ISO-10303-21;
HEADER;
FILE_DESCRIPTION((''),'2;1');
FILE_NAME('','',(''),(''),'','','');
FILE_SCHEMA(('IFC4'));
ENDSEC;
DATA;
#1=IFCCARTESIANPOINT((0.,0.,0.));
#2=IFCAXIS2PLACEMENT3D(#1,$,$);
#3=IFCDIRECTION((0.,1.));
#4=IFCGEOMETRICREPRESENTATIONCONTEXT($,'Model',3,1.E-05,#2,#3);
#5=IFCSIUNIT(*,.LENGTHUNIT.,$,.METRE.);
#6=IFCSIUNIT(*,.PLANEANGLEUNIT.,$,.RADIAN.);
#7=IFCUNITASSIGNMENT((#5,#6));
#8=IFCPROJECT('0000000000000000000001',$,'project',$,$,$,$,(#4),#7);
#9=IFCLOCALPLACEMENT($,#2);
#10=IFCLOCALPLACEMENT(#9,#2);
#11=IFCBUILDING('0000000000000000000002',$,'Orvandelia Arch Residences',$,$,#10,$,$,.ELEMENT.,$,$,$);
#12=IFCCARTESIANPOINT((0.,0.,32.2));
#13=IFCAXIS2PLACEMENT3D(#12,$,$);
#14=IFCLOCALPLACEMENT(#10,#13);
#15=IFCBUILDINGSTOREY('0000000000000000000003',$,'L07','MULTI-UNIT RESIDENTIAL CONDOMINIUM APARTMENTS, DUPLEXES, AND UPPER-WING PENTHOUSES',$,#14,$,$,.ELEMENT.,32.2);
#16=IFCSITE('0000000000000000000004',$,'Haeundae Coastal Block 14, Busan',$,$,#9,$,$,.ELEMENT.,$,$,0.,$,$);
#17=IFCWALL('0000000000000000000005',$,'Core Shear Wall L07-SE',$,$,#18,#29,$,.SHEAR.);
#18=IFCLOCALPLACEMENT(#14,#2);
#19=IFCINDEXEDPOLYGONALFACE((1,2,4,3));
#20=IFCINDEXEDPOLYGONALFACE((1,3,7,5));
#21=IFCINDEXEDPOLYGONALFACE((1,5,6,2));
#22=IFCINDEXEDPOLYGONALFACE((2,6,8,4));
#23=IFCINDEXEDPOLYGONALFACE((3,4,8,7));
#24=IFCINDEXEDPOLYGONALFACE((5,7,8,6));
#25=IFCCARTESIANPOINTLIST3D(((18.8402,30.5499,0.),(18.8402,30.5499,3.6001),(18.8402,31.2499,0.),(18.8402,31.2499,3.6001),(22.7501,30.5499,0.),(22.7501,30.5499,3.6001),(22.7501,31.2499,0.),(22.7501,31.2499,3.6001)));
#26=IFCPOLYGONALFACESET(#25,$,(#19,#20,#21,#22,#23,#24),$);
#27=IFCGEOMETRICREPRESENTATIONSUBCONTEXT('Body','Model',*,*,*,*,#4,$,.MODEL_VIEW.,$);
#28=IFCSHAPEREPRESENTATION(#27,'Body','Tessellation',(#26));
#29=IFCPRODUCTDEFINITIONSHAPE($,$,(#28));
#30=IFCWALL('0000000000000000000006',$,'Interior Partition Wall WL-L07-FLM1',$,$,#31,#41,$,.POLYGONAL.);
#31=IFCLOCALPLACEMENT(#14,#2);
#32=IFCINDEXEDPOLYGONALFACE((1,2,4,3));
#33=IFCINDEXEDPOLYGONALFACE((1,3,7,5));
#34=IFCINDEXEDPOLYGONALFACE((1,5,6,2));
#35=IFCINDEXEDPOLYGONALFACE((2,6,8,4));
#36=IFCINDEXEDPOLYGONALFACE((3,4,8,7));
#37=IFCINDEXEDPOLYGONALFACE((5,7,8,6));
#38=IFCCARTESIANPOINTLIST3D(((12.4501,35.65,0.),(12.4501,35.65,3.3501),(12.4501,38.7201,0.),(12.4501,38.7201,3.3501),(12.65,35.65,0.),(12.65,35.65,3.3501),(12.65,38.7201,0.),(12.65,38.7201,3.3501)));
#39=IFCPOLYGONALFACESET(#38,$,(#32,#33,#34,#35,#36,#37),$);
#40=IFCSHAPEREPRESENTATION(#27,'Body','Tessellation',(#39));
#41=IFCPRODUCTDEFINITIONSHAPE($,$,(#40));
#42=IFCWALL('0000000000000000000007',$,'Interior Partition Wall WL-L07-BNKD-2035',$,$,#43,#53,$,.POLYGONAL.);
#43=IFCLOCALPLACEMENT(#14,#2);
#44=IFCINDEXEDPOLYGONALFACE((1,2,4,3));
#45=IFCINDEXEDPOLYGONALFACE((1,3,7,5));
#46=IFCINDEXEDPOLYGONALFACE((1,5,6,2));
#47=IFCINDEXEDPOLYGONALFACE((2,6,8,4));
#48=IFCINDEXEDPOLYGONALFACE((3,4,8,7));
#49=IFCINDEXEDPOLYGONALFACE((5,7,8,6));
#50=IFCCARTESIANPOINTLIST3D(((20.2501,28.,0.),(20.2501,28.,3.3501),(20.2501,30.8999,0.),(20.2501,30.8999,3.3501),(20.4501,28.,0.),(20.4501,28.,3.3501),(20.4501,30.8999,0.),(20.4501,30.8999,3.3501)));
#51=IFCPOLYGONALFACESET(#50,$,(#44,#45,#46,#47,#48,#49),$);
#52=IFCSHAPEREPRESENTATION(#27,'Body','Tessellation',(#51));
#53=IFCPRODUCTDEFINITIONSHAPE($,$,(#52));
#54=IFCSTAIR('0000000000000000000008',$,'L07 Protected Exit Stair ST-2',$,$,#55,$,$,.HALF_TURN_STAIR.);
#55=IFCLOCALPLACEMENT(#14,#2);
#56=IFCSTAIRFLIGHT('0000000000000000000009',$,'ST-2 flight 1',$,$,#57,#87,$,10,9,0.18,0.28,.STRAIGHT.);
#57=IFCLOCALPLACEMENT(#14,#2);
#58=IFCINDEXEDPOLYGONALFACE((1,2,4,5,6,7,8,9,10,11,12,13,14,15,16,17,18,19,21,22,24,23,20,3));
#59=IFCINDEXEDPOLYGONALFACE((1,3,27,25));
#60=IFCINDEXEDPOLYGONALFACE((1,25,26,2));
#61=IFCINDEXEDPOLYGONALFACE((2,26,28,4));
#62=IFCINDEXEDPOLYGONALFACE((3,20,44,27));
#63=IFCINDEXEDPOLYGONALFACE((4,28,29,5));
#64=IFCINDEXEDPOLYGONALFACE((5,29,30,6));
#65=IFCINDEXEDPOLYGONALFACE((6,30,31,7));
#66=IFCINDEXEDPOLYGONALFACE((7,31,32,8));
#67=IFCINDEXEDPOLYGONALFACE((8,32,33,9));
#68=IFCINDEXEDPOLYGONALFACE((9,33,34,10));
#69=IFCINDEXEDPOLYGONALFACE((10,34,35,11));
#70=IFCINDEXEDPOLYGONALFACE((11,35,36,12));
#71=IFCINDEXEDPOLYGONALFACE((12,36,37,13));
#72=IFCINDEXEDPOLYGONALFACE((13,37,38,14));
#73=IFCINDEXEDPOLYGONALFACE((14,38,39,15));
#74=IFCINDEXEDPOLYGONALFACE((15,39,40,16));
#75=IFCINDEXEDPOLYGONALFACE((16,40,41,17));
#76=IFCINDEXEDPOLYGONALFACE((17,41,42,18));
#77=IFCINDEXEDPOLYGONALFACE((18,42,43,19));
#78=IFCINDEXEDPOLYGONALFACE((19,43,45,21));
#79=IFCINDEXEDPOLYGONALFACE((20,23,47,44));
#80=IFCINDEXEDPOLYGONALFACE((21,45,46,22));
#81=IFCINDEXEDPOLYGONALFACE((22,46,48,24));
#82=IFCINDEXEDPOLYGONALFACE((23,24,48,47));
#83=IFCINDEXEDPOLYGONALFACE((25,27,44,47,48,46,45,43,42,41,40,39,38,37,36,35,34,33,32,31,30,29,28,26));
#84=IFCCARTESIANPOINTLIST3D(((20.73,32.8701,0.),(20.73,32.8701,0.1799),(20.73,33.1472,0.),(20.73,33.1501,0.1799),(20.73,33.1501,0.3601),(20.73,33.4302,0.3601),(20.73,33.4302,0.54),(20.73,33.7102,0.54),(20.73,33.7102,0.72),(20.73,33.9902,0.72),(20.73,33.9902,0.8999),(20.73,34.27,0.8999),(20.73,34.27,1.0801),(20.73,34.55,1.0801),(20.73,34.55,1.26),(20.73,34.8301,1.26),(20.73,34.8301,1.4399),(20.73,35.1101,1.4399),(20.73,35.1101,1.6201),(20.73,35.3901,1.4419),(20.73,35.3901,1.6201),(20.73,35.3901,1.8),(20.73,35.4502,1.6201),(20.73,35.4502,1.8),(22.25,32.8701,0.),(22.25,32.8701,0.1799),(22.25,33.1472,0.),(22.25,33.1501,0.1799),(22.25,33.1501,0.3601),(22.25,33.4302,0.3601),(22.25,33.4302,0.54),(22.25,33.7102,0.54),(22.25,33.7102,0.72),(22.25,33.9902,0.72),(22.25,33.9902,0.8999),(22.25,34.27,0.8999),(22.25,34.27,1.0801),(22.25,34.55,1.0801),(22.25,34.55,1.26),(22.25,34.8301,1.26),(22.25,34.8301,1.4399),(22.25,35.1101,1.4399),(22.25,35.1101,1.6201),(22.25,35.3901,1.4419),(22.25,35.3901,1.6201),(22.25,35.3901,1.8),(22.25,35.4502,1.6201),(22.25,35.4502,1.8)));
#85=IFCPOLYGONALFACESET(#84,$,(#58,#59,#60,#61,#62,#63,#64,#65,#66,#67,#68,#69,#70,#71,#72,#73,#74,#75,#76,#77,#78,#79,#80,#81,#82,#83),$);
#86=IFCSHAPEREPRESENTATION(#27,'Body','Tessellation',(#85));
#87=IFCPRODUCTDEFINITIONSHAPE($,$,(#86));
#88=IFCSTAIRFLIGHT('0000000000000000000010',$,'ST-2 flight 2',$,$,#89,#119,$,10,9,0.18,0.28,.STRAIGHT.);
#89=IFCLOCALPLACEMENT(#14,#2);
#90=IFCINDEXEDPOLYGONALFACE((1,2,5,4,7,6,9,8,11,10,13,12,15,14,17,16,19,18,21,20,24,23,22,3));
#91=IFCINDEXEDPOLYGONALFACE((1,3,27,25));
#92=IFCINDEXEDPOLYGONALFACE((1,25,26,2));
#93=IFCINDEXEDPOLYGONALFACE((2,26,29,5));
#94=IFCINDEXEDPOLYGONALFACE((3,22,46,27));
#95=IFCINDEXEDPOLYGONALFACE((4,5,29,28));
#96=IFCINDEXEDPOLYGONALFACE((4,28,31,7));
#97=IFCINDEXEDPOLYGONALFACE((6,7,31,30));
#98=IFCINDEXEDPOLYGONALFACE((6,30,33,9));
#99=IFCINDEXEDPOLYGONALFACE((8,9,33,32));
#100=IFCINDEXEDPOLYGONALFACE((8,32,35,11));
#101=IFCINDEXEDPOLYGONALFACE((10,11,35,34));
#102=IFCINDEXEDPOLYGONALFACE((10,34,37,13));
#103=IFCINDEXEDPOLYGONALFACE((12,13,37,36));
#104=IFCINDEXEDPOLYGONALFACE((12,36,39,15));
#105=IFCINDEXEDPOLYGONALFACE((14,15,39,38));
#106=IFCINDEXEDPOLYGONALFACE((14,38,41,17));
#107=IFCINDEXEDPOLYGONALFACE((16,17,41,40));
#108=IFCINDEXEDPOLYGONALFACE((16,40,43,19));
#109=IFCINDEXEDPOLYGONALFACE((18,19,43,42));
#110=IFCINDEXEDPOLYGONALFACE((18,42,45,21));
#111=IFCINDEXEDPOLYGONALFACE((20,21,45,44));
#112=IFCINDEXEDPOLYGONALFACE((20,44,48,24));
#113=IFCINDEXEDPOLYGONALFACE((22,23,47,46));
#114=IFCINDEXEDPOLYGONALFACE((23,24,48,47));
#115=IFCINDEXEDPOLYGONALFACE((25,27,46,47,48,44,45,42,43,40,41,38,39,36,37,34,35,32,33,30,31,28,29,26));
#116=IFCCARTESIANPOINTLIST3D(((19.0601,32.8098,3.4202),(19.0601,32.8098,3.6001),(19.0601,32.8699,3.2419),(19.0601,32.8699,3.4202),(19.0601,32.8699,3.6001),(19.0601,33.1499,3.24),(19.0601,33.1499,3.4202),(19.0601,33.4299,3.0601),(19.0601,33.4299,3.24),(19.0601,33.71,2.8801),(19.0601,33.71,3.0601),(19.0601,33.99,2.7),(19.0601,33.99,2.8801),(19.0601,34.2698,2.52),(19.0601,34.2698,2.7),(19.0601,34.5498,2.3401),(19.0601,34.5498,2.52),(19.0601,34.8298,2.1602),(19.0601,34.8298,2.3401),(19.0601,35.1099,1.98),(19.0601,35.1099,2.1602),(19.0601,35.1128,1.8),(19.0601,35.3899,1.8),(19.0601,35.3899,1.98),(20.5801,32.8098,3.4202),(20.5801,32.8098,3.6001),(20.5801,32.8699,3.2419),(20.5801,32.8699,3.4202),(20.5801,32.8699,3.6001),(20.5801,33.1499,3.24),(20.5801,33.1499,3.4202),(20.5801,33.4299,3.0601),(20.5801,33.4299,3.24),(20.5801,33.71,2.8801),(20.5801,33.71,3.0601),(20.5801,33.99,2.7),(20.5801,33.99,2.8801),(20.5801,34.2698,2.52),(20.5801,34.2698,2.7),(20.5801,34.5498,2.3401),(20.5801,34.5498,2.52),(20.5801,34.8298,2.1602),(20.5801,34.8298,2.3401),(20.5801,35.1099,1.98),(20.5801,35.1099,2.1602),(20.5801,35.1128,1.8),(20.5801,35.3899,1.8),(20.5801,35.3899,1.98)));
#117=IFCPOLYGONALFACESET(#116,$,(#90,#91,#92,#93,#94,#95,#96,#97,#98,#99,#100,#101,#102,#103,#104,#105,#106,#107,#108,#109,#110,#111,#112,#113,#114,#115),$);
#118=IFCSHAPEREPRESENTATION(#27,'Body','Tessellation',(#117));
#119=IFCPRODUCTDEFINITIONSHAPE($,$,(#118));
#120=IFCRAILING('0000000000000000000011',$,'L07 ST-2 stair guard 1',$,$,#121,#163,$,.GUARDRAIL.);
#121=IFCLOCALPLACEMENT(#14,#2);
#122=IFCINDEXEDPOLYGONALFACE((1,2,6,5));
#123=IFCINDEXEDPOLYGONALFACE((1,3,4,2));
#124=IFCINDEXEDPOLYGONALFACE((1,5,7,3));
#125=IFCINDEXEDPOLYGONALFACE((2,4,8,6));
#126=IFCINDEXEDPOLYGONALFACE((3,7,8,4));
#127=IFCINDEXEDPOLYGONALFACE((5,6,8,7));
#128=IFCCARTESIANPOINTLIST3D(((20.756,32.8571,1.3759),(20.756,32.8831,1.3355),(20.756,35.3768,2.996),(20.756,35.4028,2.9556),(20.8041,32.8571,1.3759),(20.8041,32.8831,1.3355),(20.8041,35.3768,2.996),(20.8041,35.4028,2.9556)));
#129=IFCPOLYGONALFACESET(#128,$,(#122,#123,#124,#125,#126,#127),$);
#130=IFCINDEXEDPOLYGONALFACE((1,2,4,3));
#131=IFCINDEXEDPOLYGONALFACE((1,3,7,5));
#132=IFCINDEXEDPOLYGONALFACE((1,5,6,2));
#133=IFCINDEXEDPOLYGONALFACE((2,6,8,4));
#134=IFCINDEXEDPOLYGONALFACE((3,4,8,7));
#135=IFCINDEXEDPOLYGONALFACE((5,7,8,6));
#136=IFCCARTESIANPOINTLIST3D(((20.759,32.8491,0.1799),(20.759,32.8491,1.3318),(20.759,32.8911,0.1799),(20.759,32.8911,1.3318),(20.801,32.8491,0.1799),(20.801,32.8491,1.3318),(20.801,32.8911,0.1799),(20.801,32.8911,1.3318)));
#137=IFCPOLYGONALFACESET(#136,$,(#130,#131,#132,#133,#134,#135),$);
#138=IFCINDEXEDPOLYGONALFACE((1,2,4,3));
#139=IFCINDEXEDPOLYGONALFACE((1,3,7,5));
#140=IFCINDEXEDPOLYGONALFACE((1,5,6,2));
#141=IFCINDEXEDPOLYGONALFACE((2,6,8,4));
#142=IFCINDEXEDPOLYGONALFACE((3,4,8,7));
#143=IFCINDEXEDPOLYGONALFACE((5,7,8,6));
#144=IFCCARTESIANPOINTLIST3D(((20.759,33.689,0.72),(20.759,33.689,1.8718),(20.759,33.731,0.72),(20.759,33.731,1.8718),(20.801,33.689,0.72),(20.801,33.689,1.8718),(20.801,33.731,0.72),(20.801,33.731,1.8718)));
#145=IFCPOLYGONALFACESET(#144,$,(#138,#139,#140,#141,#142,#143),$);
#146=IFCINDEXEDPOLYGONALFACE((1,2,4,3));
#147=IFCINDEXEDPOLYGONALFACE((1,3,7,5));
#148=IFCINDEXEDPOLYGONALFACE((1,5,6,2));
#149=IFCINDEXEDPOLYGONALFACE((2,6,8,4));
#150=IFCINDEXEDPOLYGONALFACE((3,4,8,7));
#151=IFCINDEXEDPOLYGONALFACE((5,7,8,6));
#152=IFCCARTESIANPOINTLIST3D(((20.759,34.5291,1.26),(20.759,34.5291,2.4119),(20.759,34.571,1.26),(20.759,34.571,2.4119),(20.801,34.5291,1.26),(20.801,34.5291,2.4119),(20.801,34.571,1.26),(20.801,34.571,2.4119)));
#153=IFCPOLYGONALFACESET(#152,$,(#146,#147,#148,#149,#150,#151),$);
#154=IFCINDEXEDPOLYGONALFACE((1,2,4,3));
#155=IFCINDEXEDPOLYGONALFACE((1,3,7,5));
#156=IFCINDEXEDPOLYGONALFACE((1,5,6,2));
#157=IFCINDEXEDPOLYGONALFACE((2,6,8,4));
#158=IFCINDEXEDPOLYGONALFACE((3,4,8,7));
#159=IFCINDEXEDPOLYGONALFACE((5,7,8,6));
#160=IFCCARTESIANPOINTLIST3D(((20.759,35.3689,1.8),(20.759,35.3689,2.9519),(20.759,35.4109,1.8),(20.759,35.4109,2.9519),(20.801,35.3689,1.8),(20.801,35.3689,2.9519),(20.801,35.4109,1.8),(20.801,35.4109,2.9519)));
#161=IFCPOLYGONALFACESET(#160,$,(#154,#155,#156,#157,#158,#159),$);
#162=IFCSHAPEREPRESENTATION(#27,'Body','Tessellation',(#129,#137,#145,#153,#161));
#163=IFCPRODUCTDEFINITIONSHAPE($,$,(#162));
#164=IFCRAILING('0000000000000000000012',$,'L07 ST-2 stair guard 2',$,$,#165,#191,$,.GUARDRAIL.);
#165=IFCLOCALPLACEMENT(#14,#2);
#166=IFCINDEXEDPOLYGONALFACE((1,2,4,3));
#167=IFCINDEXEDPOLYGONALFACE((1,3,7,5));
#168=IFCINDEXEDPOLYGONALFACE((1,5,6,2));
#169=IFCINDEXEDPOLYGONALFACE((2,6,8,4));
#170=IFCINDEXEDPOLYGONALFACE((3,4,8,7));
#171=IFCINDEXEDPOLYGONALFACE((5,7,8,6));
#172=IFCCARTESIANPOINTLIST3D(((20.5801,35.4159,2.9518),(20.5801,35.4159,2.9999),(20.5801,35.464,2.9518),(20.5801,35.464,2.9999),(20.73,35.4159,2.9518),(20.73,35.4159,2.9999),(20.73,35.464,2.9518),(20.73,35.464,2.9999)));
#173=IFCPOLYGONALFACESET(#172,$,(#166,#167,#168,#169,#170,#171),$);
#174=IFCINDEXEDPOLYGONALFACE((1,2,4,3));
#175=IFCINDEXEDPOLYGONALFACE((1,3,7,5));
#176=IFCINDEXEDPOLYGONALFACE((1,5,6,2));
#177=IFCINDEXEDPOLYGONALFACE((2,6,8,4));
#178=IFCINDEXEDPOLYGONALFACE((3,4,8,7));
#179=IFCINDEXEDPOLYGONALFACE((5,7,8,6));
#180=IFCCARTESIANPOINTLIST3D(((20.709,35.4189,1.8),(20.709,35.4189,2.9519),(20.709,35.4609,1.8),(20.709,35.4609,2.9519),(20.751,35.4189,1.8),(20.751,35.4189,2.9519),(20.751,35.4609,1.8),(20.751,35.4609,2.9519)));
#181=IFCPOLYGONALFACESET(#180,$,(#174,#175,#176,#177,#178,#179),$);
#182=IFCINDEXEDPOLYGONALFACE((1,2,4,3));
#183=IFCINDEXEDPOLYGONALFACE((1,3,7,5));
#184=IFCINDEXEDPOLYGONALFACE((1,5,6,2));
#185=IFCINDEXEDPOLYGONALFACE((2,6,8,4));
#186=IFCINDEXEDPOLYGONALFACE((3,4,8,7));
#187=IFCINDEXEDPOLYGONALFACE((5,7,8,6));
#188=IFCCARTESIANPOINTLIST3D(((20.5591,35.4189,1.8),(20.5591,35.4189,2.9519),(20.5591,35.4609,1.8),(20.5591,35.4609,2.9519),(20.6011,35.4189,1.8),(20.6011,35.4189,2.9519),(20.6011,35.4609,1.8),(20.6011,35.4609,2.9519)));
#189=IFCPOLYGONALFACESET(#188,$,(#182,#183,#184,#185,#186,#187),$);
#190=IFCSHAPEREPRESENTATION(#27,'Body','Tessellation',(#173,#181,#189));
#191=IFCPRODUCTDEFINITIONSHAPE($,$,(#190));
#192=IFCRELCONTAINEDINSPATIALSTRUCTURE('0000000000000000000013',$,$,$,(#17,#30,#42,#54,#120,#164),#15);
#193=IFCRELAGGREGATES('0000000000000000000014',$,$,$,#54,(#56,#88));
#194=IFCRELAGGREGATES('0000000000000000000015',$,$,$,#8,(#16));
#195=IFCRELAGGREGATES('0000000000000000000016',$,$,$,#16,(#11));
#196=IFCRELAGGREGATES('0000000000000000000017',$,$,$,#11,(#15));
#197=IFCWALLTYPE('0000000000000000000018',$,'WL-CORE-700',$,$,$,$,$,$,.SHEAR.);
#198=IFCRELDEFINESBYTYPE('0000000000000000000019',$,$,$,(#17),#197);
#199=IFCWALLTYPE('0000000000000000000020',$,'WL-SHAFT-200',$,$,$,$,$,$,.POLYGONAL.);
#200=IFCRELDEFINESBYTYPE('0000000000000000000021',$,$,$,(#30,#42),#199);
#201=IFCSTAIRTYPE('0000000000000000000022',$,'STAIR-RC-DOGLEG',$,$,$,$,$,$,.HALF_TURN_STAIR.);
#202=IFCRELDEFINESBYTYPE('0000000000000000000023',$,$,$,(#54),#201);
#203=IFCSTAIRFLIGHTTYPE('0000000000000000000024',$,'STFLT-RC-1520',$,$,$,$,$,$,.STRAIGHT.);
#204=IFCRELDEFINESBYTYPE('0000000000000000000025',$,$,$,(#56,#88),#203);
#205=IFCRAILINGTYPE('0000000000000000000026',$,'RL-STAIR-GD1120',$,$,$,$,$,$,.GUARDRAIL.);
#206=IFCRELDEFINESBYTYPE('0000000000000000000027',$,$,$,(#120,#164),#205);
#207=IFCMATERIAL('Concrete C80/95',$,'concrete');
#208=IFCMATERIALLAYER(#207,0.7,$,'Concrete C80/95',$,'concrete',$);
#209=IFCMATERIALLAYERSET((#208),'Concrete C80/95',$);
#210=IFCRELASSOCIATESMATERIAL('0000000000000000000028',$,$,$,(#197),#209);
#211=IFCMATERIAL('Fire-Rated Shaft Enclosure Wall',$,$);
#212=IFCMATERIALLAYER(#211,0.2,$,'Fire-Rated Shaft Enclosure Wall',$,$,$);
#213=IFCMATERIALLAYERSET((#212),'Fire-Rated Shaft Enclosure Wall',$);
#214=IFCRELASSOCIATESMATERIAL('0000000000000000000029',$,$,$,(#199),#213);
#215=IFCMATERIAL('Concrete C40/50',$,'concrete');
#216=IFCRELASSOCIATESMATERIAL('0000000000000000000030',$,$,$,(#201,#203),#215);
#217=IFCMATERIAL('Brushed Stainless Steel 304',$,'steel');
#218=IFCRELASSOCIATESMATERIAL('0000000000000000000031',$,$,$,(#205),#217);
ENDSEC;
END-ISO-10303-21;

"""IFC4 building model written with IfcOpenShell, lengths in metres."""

from ifc_helpers import new_model, si_unit, direction, frame, frame_2d, origin, origin_2d, place, context, subcontext, project, spatial, polyline, rectangle, outline, extrude, material, layer, layer_set, type_object, element, aggregate, save


model = new_model("IFC4")

# Units and contexts
model_context = context("Model", 3, precision=1e-05, world=origin(), true_north=direction((0.0, 1.0)))
body_context = subcontext(model_context, "Body", "Model", "MODEL_VIEW")
ifc_project = project(units=[si_unit("LENGTHUNIT", "METRE"), si_unit("PLANEANGLEUNIT", "RADIAN")], contexts=[model_context])

# Site, building, storey
site_placement = place(None, origin())
site = spatial("IfcSite", under=ifc_project, at=site_placement, Name="Haeundae Coastal Block 14, Busan", CompositionType="ELEMENT", RefElevation=0.0)
building_placement = place(site_placement, origin())
building = spatial("IfcBuilding", under=site, at=building_placement, Name="Orvandelia Arch Residences", CompositionType="ELEMENT")
storey_placement = place(building_placement, frame((0.0, 0.0, 32.2)))
storey = spatial("IfcBuildingStorey", under=building, at=storey_placement, Name="L07", Description="MULTI-UNIT RESIDENTIAL CONDOMINIUM APARTMENTS, DUPLEXES, AND UPPER-WING PENTHOUSES", CompositionType="ELEMENT", Elevation=32.2)

# Shared definitions
ifc_material_1 = material(Name="Concrete C80/95", Category="concrete")

# Shared definitions
ifc_layer_1 = layer(ifc_material_1, 0.7, Name="Concrete C80/95", Category="concrete")
ifc_layer_set_1 = layer_set([ifc_layer_1], Name="Concrete C80/95")
wall_type_1 = type_object("IfcWallType", Name="WL-CORE-700", PredefinedType="SHEAR", material=ifc_layer_set_1)

# Walls
wall_1_placement = place(storey_placement, frame((18.8401, 30.8999, 0.0), z_axis=(0.0, 0.0, 1.0), x_axis=(1.0, 0.0, 0.0)))
element("IfcWall", 1, at=wall_1_placement, inside=storey, type_object=wall_type_1, Name="Core Shear Wall L07-SE", PredefinedType="SHEAR", context=body_context, shape_type="SweptSolid", body=[
    extrude(rectangle(XDim=3.9099, YDim=0.7, at=frame_2d((1.9551, 0.0))), origin(), (0.0, 0.0, 1.0), 3.6001),
])
ifc_material_2 = material(Name="Fire-Rated Shaft Enclosure Wall")
ifc_layer_2 = layer(ifc_material_2, 0.2, Name="Fire-Rated Shaft Enclosure Wall")
ifc_layer_set_2 = layer_set([ifc_layer_2], Name="Fire-Rated Shaft Enclosure Wall")
wall_type_2 = type_object("IfcWallType", Name="WL-SHAFT-200", PredefinedType="POLYGONAL", material=ifc_layer_set_2)
wall_2_placement = place(storey_placement, frame((12.55, 35.6499, 0.0), z_axis=(0.0, 0.0, 1.0), x_axis=(0.0, 1.0, 0.0)))
element("IfcWall", 2, at=wall_2_placement, inside=storey, type_object=wall_type_2, Name="Interior Partition Wall WL-L07-FLM1", PredefinedType="POLYGONAL", context=body_context, shape_type="SweptSolid", body=[
    extrude(rectangle(XDim=3.0701, YDim=0.2, at=frame_2d((1.5352, 0.0))), origin(), (0.0, 0.0, 1.0), 3.3501),
])
wall_3_placement = place(storey_placement, frame((20.3501, 28.0, 0.0), z_axis=(0.0, 0.0, 1.0), x_axis=(0.0, 1.0, 0.0)))
element("IfcWall", 3, at=wall_3_placement, inside=storey, type_object=wall_type_2, Name="Interior Partition Wall WL-L07-BNKD-2035", PredefinedType="POLYGONAL", context=body_context, shape_type="SweptSolid", body=[
    extrude(rectangle(XDim=2.8999, YDim=0.2, at=frame_2d((1.45, 0.0))), origin(), (0.0, 0.0, 1.0), 3.3501),
])

# Stair, stair flights
ifc_material_3 = material(Name="Concrete C40/50", Category="concrete")
stair_type = type_object("IfcStairType", Name="STAIR-RC-DOGLEG", PredefinedType="HALF_TURN_STAIR", material=ifc_material_3)
stair_placement = place(storey_placement, origin())
stair = element("IfcStair", 4, at=stair_placement, inside=storey, type_object=stair_type, Name="L07 Protected Exit Stair ST-2", PredefinedType="HALF_TURN_STAIR")
stair_flight_type = type_object("IfcStairFlightType", Name="STFLT-RC-1520", PredefinedType="STRAIGHT", material=ifc_material_3)
stair_flight_1_placement = place(storey_placement, frame((21.49, 32.8701, 0.0), z_axis=(0.0, 0.0, 1.0), x_axis=(0.0, 1.0, 0.0)))
stair_flight_1 = element("IfcStairFlight", 5, at=stair_flight_1_placement, type_object=stair_flight_type, Name="ST-2 flight 1", NumberOfRisers=10, NumberOfTreads=9, PredefinedType="STRAIGHT", RiserHeight=0.18, TreadLength=0.28, context=body_context, shape_type="SweptSolid", body=[
    extrude(outline(polyline([(0.0, 0.0), (0.0, 0.1799), (0.28, 0.1799), (0.28, 0.3601), (0.5601, 0.3601), (0.5601, 0.54), (0.8401, 0.54), (0.8401, 0.72), (1.1201, 0.72), (1.1201, 0.8999), (1.3999, 0.8999), (1.3999, 1.0801), (1.6799, 1.0801), (1.6799, 1.26), (1.96, 1.26), (1.96, 1.4399), (2.24, 1.4399), (2.24, 1.6201), (2.52, 1.6201), (2.52, 1.8), (2.5801, 1.8), (2.5801, 1.6201), (2.52, 1.4419), (0.2771, 0.0), (0.0, 0.0)])), frame((0.0, 0.76, 0.0), z_axis=(0.0, -1.0, 0.0), x_axis=(1.0, 0.0, 0.0)), (0.0, 0.0, 1.0), 1.52),
])
stair_flight_2_placement = place(storey_placement, frame((19.8201, 35.3899, 1.8), z_axis=(0.0, 0.0, 1.0), x_axis=(0.0, -1.0, 0.0)))
stair_flight_2 = element("IfcStairFlight", 6, at=stair_flight_2_placement, type_object=stair_flight_type, Name="ST-2 flight 2", NumberOfRisers=10, NumberOfTreads=9, PredefinedType="STRAIGHT", RiserHeight=0.18, TreadLength=0.28, context=body_context, shape_type="SweptSolid", body=[
    extrude(outline(polyline([(0.0, 0.0), (0.0, 0.1799), (0.28, 0.1799), (0.28, 0.3601), (0.5601, 0.3601), (0.5601, 0.54), (0.8401, 0.54), (0.8401, 0.72), (1.1201, 0.72), (1.1201, 0.8999), (1.3999, 0.8999), (1.3999, 1.0801), (1.6799, 1.0801), (1.6799, 1.26), (1.96, 1.26), (1.96, 1.4399), (2.24, 1.4399), (2.24, 1.6201), (2.52, 1.6201), (2.52, 1.8), (2.5801, 1.8), (2.5801, 1.6201), (2.52, 1.4419), (0.2771, 0.0), (0.0, 0.0)])), frame((0.0, 0.76, 0.0), z_axis=(0.0, -1.0, 0.0), x_axis=(1.0, 0.0, 0.0)), (0.0, 0.0, 1.0), 1.52),
])
aggregate(stair, [stair_flight_1, stair_flight_2])

# Railings
ifc_material_4 = material(Name="Brushed Stainless Steel 304", Category="steel")
railing_type_1 = type_object("IfcRailingType", Name="RL-STAIR-GD1120", PredefinedType="GUARDRAIL", material=ifc_material_4)
railing_1_placement = place(storey_placement, frame((20.78, 32.8701, 0.1799)))
element("IfcRailing", 7, at=railing_1_placement, inside=storey, type_object=railing_type_1, Name="L07 ST-2 stair guard 1", PredefinedType="GUARDRAIL", context=body_context, shape_type="SweptSolid", body=[
    extrude(rectangle(XDim=0.0481, YDim=0.0481, at=origin_2d()), frame((0.0, 0.0, 1.1758), z_axis=(0.0, 0.841139, 0.540819), x_axis=(-1.0, 0.0, 0.0)), (0.0, 0.0, 1.0), 2.9956),
    extrude(rectangle(XDim=0.042, YDim=0.042, at=origin_2d()), origin(), (0.0, 0.0, 1.0), 1.1519),
    extrude(rectangle(XDim=0.042, YDim=0.042, at=origin_2d()), frame((0.0, 0.8398, 0.54)), (0.0, 0.0, 1.0), 1.1519),
    extrude(rectangle(XDim=0.042, YDim=0.042, at=origin_2d()), frame((0.0, 1.6799, 1.0801)), (0.0, 0.0, 1.0), 1.1519),
    extrude(rectangle(XDim=0.042, YDim=0.042, at=origin_2d()), frame((0.0, 2.5198, 1.6201)), (0.0, 0.0, 1.0), 1.1519),
])
railing_2_placement = place(storey_placement, frame((20.73, 35.4399, 1.8)))
element("IfcRailing", 8, at=railing_2_placement, inside=storey, type_object=railing_type_1, Name="L07 ST-2 stair guard 2", PredefinedType="GUARDRAIL", context=body_context, shape_type="SweptSolid", body=[
    extrude(rectangle(XDim=0.0481, YDim=0.0481, at=origin_2d()), frame((0.0, 0.0, 1.1758), z_axis=(-1.0, 0.0, 0.0), x_axis=(0.0, -1.0, 0.0)), (0.0, 0.0, 1.0), 0.1499),
    extrude(rectangle(XDim=0.042, YDim=0.042, at=origin_2d()), origin(), (0.0, 0.0, 1.0), 1.1519),
    extrude(rectangle(XDim=0.042, YDim=0.042, at=origin_2d()), frame((-0.1499, 0.0, 0.0)), (0.0, 0.0, 1.0), 1.1519),
])

save(model, "model.ifc")
